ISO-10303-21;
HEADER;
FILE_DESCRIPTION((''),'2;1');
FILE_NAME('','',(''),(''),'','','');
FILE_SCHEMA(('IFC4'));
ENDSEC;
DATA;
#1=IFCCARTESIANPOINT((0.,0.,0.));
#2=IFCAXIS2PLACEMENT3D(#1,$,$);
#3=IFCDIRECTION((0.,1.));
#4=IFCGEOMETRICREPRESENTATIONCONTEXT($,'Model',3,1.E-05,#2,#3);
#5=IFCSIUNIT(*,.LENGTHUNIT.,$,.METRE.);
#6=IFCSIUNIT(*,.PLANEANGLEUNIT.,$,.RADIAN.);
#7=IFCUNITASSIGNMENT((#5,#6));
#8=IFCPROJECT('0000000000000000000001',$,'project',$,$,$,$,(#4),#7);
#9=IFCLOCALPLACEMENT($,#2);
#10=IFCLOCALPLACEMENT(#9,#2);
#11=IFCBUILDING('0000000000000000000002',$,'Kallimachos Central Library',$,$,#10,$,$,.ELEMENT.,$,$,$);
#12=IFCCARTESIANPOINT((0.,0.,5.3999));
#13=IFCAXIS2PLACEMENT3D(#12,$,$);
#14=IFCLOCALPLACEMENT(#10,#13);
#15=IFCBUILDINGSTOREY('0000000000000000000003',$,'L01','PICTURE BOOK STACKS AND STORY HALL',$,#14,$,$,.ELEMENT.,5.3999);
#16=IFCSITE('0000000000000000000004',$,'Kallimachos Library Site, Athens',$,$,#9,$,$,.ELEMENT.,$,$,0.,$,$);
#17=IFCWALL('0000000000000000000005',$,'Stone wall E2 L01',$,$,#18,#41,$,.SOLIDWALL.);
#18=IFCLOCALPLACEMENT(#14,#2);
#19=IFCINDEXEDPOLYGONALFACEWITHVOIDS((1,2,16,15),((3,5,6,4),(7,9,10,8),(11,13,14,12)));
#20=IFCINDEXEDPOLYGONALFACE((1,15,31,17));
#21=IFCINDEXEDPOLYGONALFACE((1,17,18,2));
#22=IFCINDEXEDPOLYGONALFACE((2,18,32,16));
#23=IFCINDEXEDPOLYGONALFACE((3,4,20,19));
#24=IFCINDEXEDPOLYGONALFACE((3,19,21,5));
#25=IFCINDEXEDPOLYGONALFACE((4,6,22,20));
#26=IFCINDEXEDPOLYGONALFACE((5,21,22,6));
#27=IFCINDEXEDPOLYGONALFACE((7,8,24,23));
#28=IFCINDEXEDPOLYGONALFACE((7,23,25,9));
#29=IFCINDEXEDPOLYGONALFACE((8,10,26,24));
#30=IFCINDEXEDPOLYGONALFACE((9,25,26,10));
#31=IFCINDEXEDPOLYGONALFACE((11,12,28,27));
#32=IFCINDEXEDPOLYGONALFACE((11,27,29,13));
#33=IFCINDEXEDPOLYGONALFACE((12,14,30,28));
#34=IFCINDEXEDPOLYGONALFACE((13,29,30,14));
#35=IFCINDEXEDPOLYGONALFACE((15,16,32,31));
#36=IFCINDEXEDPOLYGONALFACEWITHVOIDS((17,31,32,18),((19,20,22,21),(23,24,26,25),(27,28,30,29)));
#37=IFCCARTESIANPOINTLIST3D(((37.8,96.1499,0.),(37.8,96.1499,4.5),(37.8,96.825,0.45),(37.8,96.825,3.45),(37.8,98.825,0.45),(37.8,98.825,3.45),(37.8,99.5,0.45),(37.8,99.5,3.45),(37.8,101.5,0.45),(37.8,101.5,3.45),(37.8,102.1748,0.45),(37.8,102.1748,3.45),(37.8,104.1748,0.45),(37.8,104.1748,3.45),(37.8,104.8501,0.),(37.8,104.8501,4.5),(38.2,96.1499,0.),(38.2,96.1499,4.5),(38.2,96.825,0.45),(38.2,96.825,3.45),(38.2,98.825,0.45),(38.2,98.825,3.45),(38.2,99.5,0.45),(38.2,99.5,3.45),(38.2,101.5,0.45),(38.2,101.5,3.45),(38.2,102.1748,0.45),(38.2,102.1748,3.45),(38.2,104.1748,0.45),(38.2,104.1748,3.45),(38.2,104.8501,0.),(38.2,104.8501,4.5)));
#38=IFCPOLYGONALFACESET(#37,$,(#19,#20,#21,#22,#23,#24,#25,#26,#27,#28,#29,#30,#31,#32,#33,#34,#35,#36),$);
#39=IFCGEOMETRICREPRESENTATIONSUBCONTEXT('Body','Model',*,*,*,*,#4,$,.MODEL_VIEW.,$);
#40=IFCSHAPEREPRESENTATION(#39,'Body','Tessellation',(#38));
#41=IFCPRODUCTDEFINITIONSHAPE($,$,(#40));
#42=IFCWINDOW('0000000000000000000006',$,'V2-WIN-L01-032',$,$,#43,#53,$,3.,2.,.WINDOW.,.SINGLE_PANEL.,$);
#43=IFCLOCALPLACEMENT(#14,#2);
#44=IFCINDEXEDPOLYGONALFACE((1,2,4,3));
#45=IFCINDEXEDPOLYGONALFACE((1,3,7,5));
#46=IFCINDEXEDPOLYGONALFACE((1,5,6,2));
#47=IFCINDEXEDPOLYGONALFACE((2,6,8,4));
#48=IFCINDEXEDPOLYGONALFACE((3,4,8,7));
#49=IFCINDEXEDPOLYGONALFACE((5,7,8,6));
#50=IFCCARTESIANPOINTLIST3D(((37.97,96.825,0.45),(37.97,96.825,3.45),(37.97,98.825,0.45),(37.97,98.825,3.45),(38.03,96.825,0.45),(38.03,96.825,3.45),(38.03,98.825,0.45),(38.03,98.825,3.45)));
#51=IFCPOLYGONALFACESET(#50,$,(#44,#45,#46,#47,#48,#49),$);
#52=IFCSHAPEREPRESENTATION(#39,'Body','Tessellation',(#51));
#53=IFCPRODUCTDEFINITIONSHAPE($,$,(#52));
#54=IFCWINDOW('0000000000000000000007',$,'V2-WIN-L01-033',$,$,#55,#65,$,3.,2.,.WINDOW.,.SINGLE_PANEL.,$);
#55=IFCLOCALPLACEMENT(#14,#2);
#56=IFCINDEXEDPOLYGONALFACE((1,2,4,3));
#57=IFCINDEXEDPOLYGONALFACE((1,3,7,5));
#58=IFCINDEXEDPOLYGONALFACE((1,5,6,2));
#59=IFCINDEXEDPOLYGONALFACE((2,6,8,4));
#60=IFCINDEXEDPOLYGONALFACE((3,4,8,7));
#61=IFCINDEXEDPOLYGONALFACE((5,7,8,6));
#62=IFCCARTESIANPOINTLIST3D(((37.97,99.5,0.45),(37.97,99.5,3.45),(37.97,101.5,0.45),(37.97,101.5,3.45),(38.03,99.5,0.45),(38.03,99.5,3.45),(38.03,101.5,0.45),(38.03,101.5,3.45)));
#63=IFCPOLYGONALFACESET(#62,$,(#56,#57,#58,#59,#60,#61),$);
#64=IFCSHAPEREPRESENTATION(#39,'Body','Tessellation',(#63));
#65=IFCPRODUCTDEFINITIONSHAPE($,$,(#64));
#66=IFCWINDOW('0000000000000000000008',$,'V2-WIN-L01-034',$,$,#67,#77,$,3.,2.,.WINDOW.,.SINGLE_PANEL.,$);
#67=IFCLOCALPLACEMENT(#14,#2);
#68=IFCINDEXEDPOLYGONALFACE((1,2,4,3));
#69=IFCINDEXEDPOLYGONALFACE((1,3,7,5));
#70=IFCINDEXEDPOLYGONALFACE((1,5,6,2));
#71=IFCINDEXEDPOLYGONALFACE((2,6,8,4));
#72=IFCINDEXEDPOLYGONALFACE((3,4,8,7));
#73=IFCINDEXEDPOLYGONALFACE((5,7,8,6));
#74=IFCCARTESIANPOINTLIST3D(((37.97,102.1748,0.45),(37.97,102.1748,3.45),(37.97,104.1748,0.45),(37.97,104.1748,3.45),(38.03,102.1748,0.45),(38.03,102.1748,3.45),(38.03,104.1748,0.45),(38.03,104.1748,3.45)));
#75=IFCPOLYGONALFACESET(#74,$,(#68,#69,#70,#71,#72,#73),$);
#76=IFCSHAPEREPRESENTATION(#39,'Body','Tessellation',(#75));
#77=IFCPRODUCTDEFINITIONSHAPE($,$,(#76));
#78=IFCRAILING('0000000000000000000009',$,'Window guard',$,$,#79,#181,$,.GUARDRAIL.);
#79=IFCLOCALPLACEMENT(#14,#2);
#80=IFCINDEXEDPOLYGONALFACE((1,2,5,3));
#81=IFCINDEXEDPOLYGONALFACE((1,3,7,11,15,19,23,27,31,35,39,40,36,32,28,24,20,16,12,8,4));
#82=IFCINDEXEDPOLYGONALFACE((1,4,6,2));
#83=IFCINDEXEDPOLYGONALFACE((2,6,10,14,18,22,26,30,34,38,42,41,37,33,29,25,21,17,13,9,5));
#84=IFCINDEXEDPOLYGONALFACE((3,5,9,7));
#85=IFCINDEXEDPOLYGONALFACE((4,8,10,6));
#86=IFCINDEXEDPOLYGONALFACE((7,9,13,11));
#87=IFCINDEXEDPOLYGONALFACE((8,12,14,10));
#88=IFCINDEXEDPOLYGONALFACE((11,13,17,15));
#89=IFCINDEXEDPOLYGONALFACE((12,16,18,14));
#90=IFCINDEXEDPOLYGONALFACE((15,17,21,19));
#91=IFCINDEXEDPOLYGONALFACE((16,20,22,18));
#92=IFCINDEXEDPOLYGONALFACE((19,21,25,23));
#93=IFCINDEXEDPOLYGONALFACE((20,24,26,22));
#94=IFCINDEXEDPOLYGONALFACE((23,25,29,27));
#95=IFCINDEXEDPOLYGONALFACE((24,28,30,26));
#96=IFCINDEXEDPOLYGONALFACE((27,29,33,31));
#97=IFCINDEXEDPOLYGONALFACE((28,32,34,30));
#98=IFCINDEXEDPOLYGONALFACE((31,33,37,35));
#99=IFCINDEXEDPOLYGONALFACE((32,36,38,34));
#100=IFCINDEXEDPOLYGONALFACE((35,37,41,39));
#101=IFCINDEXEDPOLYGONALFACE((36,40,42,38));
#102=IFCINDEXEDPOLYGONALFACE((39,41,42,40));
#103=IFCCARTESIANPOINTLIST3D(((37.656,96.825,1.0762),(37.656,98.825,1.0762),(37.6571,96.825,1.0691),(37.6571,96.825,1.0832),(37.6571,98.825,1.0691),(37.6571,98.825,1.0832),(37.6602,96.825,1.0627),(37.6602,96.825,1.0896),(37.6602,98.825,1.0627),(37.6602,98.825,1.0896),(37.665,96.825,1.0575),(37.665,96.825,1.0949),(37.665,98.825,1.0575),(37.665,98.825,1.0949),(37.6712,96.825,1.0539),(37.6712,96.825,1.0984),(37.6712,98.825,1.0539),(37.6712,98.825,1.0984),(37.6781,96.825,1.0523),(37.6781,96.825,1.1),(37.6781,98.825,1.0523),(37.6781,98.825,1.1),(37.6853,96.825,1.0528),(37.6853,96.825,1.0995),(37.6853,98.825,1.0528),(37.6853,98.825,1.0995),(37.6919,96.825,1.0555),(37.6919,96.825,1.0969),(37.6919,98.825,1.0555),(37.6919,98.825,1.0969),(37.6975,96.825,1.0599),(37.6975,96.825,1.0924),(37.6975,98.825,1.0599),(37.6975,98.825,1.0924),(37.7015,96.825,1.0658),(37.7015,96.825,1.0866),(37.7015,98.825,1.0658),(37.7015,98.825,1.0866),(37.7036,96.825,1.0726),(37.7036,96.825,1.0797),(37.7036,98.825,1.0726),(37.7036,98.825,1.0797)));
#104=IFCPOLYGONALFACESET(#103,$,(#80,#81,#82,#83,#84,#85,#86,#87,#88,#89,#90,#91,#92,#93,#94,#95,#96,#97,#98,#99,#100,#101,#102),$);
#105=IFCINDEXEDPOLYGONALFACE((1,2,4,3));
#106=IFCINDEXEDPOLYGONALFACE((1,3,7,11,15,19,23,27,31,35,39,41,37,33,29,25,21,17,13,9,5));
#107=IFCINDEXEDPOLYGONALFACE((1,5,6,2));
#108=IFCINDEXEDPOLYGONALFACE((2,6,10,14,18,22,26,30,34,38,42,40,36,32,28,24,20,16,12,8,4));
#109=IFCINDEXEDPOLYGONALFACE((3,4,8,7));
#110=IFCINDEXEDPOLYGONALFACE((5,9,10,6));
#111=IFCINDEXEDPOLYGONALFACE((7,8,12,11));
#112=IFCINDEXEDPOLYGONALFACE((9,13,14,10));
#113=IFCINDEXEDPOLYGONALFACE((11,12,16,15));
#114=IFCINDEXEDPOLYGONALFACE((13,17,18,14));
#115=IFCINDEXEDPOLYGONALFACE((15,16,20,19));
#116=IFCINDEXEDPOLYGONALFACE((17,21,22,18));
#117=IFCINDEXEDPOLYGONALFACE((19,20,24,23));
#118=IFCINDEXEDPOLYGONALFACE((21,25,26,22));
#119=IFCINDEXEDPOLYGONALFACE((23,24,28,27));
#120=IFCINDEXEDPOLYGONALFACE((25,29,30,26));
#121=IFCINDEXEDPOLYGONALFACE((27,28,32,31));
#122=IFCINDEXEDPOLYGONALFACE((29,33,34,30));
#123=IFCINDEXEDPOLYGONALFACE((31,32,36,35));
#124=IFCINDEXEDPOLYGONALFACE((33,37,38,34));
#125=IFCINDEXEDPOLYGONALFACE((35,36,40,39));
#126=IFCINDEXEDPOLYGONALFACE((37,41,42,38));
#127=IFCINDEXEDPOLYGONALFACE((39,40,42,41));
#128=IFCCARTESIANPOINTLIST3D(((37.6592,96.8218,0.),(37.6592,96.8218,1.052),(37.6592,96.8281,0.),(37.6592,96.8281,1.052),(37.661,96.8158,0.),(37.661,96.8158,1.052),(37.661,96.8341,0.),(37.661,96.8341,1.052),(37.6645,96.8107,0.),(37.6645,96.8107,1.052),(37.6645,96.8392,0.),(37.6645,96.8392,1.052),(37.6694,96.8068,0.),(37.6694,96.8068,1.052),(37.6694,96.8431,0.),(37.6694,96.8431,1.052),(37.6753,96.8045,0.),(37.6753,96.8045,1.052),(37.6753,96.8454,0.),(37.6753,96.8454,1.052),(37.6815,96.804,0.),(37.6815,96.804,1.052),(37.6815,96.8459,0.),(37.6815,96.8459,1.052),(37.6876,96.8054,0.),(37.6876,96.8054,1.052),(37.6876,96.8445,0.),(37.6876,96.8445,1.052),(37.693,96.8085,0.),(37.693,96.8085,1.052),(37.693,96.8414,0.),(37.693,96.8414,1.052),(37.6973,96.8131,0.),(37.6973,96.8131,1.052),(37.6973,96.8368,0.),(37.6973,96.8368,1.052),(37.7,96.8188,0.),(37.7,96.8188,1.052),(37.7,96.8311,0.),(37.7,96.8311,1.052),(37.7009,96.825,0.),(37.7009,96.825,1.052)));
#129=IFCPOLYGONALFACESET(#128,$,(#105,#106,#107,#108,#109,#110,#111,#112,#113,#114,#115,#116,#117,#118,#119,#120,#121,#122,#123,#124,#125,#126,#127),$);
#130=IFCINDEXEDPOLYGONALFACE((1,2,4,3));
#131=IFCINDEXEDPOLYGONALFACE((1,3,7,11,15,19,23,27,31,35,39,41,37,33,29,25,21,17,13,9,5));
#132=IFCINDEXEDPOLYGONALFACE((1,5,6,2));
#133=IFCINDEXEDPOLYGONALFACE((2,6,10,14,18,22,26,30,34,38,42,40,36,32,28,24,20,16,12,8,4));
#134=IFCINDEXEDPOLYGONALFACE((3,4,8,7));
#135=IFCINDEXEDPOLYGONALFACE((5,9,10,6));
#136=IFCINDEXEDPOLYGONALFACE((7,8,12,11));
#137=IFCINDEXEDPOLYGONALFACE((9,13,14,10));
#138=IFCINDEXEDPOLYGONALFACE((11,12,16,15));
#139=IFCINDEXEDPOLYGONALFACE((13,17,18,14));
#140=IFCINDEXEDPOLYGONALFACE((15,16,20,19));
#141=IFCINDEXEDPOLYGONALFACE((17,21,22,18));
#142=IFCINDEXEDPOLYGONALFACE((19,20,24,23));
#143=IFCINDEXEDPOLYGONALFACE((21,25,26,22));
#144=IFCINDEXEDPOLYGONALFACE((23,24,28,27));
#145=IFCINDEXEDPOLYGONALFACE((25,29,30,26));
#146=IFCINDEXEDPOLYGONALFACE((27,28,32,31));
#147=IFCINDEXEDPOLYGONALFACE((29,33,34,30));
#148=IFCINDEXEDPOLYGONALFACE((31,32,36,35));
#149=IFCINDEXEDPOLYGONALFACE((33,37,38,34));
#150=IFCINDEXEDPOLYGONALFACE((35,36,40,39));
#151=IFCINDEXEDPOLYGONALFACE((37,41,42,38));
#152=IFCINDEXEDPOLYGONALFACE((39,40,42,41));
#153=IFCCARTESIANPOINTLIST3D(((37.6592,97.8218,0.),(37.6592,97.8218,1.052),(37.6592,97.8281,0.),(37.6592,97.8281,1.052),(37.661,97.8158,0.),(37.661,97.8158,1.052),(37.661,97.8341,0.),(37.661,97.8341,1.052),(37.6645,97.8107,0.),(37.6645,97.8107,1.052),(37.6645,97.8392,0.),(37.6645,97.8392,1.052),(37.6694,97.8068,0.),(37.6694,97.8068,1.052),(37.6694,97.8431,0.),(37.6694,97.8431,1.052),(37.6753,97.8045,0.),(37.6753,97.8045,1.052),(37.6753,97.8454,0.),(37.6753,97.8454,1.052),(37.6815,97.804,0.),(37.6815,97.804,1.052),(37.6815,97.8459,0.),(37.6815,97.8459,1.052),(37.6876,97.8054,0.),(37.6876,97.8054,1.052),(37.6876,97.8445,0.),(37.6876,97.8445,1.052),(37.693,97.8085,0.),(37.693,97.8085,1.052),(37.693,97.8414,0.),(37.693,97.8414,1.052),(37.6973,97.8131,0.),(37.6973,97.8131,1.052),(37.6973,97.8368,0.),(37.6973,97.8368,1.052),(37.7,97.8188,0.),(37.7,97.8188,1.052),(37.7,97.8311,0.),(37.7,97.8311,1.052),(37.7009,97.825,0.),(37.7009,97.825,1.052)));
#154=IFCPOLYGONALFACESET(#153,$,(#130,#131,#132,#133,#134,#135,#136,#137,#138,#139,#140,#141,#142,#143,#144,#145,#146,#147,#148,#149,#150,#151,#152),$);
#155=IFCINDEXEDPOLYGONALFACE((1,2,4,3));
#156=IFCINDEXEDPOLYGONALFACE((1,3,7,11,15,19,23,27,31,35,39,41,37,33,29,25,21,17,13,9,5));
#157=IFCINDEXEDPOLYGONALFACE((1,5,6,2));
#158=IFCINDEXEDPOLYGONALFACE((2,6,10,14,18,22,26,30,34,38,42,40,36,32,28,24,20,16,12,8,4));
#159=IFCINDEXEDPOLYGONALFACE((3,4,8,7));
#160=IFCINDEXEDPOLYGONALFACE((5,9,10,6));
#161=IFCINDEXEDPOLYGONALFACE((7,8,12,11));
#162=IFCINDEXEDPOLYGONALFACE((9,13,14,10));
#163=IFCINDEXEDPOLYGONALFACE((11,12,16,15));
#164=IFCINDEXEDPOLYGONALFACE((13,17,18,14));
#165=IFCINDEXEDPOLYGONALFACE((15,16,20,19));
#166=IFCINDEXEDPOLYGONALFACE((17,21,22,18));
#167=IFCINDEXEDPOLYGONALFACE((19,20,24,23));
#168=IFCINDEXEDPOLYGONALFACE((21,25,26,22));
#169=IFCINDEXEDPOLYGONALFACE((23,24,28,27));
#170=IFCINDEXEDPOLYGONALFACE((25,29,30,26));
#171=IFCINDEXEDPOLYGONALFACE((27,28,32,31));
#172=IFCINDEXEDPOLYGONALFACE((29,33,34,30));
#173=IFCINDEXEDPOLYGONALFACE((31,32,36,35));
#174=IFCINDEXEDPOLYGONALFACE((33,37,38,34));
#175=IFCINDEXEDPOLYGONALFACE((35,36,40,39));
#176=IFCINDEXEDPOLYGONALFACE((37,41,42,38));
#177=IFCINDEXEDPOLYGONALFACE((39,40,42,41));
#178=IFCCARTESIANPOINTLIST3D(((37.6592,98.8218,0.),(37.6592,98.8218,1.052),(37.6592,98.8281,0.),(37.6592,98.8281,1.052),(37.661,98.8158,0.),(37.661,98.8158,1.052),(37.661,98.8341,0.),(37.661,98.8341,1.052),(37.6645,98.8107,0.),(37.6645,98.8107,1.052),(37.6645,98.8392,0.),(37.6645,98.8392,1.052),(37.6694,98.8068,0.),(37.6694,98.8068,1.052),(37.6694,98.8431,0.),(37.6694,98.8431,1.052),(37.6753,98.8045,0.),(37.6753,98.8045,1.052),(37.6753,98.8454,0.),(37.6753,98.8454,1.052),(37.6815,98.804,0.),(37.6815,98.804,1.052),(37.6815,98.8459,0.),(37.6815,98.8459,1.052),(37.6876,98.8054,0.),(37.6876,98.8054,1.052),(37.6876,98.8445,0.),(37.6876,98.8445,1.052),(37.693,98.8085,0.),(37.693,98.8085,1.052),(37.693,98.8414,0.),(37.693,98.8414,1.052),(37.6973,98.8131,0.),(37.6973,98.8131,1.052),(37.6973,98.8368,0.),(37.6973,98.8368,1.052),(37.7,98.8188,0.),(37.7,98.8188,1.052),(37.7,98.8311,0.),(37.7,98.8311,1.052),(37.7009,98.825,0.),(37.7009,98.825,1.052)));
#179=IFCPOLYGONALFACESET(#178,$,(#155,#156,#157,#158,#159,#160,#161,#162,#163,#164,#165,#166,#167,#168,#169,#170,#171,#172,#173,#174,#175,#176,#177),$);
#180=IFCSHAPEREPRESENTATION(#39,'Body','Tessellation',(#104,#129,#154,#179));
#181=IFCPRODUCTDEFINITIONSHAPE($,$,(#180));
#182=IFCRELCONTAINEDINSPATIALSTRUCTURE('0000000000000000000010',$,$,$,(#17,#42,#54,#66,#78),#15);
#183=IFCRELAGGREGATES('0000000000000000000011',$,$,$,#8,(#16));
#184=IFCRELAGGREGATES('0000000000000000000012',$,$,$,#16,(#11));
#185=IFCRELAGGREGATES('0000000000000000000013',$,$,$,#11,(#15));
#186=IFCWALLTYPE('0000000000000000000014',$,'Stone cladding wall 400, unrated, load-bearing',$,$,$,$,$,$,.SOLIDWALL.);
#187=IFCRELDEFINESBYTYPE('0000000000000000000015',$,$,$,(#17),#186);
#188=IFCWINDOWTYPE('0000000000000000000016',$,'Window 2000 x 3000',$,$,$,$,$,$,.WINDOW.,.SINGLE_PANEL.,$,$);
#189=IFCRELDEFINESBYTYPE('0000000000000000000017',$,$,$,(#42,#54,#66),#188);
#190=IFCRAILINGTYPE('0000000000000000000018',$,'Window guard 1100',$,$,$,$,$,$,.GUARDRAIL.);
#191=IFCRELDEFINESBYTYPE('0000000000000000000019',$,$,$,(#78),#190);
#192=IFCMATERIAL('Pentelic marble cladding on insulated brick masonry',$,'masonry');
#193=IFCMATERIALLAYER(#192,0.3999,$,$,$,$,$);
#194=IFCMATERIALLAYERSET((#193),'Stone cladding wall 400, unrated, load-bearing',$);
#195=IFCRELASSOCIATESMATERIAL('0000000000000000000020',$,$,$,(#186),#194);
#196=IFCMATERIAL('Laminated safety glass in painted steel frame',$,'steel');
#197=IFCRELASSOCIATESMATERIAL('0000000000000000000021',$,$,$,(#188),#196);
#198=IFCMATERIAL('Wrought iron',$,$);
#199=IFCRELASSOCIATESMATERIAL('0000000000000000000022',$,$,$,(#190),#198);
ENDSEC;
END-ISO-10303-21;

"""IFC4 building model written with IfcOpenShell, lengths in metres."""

from ifc_helpers import new_model, si_unit, direction, frame, frame_2d, origin, origin_2d, place, context, subcontext, project, spatial, rectangle, circle, extrude, material, layer, layer_set, type_object, element, fill, save


model = new_model("IFC4")

# Units and contexts
model_context = context("Model", 3, precision=1e-05, world=origin(), true_north=direction((0.0, 1.0)))
body_context = subcontext(model_context, "Body", "Model", "MODEL_VIEW")
ifc_project = project(units=[si_unit("LENGTHUNIT", "METRE"), si_unit("PLANEANGLEUNIT", "RADIAN")], contexts=[model_context])

# Site, building, storey
site_placement = place(None, origin())
site = spatial("IfcSite", under=ifc_project, at=site_placement, Name="Kallimachos Library Site, Athens", CompositionType="ELEMENT", RefElevation=0.0)
building_placement = place(site_placement, origin())
building = spatial("IfcBuilding", under=site, at=building_placement, Name="Kallimachos Central Library", CompositionType="ELEMENT")
storey_placement = place(building_placement, frame((0.0, 0.0, 5.3999)))
storey = spatial("IfcBuildingStorey", under=building, at=storey_placement, Name="L01", Description="PICTURE BOOK STACKS AND STORY HALL", CompositionType="ELEMENT", Elevation=5.3999)

# Wall, openings, windows
ifc_material_1 = material(Name="Pentelic marble cladding on insulated brick masonry", Category="masonry")
ifc_layer_1 = layer(ifc_material_1, 0.3999)
ifc_layer_set_1 = layer_set([ifc_layer_1], Name="Stone cladding wall 400, unrated, load-bearing")
wall_type_1 = type_object("IfcWallType", Name="Stone cladding wall 400, unrated, load-bearing", PredefinedType="SOLIDWALL", material=ifc_layer_set_1)
wall_1_placement = place(storey_placement, frame((38.0, 96.1499, 0.0), z_axis=(0.0, 0.0, 1.0), x_axis=(0.0, 1.0, 0.0)))
wall_1 = element("IfcWall", 1, at=wall_1_placement, inside=storey, type_object=wall_type_1, Name="Stone wall E2 L01", PredefinedType="SOLIDWALL", context=body_context, shape_type="SweptSolid", body=[
    extrude(rectangle(XDim=8.7002, YDim=0.3999, at=frame_2d((4.3501, 0.0))), origin(), (0.0, 0.0, 1.0), 4.5),
])
opening_1_placement = place(wall_1_placement, frame((0.675, 0.0, 0.45)))
opening_1 = element("IfcOpeningElement", 2, at=opening_1_placement, cuts=wall_1, PredefinedType="OPENING", context=body_context, shape_type="SweptSolid", body=[
    extrude(rectangle(XDim=2.0, YDim=3.0, at=frame_2d((1.0, 1.5))), frame((0.0, 0.21, 0.0), z_axis=(0.0, -1.0, 0.0), x_axis=(1.0, 0.0, 0.0)), (0.0, 0.0, 1.0), 0.4199),
])
opening_2_placement = place(wall_1_placement, frame((3.3501, 0.0, 0.45)))
opening_2 = element("IfcOpeningElement", 3, at=opening_2_placement, cuts=wall_1, PredefinedType="OPENING", context=body_context, shape_type="SweptSolid", body=[
    extrude(rectangle(XDim=2.0, YDim=3.0, at=frame_2d((1.0, 1.5))), frame((0.0, 0.21, 0.0), z_axis=(0.0, -1.0, 0.0), x_axis=(1.0, 0.0, 0.0)), (0.0, 0.0, 1.0), 0.4199),
])
opening_3_placement = place(wall_1_placement, frame((6.0249, 0.0, 0.45)))
opening_3 = element("IfcOpeningElement", 4, at=opening_3_placement, cuts=wall_1, PredefinedType="OPENING", context=body_context, shape_type="SweptSolid", body=[
    extrude(rectangle(XDim=2.0, YDim=3.0, at=frame_2d((1.0, 1.5))), frame((0.0, 0.21, 0.0), z_axis=(0.0, -1.0, 0.0), x_axis=(1.0, 0.0, 0.0)), (0.0, 0.0, 1.0), 0.4199),
])
ifc_material_2 = material(Name="Laminated safety glass in painted steel frame", Category="steel")
window_type = type_object("IfcWindowType", Name="Window 2000 x 3000", PartitioningType="SINGLE_PANEL", PredefinedType="WINDOW", material=ifc_material_2)
window_1_placement = place(opening_1_placement, origin())
window_1 = element("IfcWindow", 5, at=window_1_placement, inside=storey, type_object=window_type, Name="V2-WIN-L01-032", OverallHeight=3.0, OverallWidth=2.0, PartitioningType="SINGLE_PANEL", PredefinedType="WINDOW", context=body_context, shape_type="SweptSolid", body=[
    extrude(rectangle(XDim=2.0, YDim=3.0, at=frame_2d((1.0, 1.5))), frame((0.0, 0.03, 0.0), z_axis=(0.0, -1.0, 0.0), x_axis=(1.0, 0.0, 0.0)), (0.0, 0.0, 1.0), 0.0601),
])
fill(opening_1, window_1)
window_2_placement = place(opening_2_placement, origin())
window_2 = element("IfcWindow", 6, at=window_2_placement, inside=storey, type_object=window_type, Name="V2-WIN-L01-033", OverallHeight=3.0, OverallWidth=2.0, PartitioningType="SINGLE_PANEL", PredefinedType="WINDOW", context=body_context, shape_type="SweptSolid", body=[
    extrude(rectangle(XDim=2.0, YDim=3.0, at=frame_2d((1.0, 1.5))), frame((0.0, 0.03, 0.0), z_axis=(0.0, -1.0, 0.0), x_axis=(1.0, 0.0, 0.0)), (0.0, 0.0, 1.0), 0.0601),
])
fill(opening_2, window_2)
window_3_placement = place(opening_3_placement, origin())
window_3 = element("IfcWindow", 7, at=window_3_placement, inside=storey, type_object=window_type, Name="V2-WIN-L01-034", OverallHeight=3.0, OverallWidth=2.0, PartitioningType="SINGLE_PANEL", PredefinedType="WINDOW", context=body_context, shape_type="SweptSolid", body=[
    extrude(rectangle(XDim=2.0, YDim=3.0, at=frame_2d((1.0, 1.5))), frame((0.0, 0.03, 0.0), z_axis=(0.0, -1.0, 0.0), x_axis=(1.0, 0.0, 0.0)), (0.0, 0.0, 1.0), 0.0601),
])
fill(opening_3, window_3)

# Railing
ifc_material_3 = material(Name="Wrought iron")
railing_type = type_object("IfcRailingType", Name="Window guard 1100", PredefinedType="GUARDRAIL", material=ifc_material_3)
for number, where, name in (
    (8, (37.6799, 96.825, 0.0), "Window guard"),
):
    element("IfcRailing", number, at=place(storey_placement, frame(where)), inside=storey, type_object=railing_type, Name=name, PredefinedType="GUARDRAIL", context=body_context, shape_type="SweptSolid", body=[
        extrude(circle(Radius=0.0239, at=origin_2d()), frame((0.0, 0.0, 1.0762), z_axis=(0.0, 1.0, 0.0), x_axis=(-1.0, 0.0, 0.0)), (0.0, 0.0, 1.0), 2.0),
        extrude(circle(Radius=0.021, at=origin_2d()), origin(), (0.0, 0.0, 1.0), 1.052),
        extrude(circle(Radius=0.021, at=origin_2d()), frame((0.0, 1.0, 0.0)), (0.0, 0.0, 1.0), 1.052),
        extrude(circle(Radius=0.021, at=origin_2d()), frame((0.0, 2.0, 0.0)), (0.0, 0.0, 1.0), 1.052),
    ])

save(model, "model.ifc")
